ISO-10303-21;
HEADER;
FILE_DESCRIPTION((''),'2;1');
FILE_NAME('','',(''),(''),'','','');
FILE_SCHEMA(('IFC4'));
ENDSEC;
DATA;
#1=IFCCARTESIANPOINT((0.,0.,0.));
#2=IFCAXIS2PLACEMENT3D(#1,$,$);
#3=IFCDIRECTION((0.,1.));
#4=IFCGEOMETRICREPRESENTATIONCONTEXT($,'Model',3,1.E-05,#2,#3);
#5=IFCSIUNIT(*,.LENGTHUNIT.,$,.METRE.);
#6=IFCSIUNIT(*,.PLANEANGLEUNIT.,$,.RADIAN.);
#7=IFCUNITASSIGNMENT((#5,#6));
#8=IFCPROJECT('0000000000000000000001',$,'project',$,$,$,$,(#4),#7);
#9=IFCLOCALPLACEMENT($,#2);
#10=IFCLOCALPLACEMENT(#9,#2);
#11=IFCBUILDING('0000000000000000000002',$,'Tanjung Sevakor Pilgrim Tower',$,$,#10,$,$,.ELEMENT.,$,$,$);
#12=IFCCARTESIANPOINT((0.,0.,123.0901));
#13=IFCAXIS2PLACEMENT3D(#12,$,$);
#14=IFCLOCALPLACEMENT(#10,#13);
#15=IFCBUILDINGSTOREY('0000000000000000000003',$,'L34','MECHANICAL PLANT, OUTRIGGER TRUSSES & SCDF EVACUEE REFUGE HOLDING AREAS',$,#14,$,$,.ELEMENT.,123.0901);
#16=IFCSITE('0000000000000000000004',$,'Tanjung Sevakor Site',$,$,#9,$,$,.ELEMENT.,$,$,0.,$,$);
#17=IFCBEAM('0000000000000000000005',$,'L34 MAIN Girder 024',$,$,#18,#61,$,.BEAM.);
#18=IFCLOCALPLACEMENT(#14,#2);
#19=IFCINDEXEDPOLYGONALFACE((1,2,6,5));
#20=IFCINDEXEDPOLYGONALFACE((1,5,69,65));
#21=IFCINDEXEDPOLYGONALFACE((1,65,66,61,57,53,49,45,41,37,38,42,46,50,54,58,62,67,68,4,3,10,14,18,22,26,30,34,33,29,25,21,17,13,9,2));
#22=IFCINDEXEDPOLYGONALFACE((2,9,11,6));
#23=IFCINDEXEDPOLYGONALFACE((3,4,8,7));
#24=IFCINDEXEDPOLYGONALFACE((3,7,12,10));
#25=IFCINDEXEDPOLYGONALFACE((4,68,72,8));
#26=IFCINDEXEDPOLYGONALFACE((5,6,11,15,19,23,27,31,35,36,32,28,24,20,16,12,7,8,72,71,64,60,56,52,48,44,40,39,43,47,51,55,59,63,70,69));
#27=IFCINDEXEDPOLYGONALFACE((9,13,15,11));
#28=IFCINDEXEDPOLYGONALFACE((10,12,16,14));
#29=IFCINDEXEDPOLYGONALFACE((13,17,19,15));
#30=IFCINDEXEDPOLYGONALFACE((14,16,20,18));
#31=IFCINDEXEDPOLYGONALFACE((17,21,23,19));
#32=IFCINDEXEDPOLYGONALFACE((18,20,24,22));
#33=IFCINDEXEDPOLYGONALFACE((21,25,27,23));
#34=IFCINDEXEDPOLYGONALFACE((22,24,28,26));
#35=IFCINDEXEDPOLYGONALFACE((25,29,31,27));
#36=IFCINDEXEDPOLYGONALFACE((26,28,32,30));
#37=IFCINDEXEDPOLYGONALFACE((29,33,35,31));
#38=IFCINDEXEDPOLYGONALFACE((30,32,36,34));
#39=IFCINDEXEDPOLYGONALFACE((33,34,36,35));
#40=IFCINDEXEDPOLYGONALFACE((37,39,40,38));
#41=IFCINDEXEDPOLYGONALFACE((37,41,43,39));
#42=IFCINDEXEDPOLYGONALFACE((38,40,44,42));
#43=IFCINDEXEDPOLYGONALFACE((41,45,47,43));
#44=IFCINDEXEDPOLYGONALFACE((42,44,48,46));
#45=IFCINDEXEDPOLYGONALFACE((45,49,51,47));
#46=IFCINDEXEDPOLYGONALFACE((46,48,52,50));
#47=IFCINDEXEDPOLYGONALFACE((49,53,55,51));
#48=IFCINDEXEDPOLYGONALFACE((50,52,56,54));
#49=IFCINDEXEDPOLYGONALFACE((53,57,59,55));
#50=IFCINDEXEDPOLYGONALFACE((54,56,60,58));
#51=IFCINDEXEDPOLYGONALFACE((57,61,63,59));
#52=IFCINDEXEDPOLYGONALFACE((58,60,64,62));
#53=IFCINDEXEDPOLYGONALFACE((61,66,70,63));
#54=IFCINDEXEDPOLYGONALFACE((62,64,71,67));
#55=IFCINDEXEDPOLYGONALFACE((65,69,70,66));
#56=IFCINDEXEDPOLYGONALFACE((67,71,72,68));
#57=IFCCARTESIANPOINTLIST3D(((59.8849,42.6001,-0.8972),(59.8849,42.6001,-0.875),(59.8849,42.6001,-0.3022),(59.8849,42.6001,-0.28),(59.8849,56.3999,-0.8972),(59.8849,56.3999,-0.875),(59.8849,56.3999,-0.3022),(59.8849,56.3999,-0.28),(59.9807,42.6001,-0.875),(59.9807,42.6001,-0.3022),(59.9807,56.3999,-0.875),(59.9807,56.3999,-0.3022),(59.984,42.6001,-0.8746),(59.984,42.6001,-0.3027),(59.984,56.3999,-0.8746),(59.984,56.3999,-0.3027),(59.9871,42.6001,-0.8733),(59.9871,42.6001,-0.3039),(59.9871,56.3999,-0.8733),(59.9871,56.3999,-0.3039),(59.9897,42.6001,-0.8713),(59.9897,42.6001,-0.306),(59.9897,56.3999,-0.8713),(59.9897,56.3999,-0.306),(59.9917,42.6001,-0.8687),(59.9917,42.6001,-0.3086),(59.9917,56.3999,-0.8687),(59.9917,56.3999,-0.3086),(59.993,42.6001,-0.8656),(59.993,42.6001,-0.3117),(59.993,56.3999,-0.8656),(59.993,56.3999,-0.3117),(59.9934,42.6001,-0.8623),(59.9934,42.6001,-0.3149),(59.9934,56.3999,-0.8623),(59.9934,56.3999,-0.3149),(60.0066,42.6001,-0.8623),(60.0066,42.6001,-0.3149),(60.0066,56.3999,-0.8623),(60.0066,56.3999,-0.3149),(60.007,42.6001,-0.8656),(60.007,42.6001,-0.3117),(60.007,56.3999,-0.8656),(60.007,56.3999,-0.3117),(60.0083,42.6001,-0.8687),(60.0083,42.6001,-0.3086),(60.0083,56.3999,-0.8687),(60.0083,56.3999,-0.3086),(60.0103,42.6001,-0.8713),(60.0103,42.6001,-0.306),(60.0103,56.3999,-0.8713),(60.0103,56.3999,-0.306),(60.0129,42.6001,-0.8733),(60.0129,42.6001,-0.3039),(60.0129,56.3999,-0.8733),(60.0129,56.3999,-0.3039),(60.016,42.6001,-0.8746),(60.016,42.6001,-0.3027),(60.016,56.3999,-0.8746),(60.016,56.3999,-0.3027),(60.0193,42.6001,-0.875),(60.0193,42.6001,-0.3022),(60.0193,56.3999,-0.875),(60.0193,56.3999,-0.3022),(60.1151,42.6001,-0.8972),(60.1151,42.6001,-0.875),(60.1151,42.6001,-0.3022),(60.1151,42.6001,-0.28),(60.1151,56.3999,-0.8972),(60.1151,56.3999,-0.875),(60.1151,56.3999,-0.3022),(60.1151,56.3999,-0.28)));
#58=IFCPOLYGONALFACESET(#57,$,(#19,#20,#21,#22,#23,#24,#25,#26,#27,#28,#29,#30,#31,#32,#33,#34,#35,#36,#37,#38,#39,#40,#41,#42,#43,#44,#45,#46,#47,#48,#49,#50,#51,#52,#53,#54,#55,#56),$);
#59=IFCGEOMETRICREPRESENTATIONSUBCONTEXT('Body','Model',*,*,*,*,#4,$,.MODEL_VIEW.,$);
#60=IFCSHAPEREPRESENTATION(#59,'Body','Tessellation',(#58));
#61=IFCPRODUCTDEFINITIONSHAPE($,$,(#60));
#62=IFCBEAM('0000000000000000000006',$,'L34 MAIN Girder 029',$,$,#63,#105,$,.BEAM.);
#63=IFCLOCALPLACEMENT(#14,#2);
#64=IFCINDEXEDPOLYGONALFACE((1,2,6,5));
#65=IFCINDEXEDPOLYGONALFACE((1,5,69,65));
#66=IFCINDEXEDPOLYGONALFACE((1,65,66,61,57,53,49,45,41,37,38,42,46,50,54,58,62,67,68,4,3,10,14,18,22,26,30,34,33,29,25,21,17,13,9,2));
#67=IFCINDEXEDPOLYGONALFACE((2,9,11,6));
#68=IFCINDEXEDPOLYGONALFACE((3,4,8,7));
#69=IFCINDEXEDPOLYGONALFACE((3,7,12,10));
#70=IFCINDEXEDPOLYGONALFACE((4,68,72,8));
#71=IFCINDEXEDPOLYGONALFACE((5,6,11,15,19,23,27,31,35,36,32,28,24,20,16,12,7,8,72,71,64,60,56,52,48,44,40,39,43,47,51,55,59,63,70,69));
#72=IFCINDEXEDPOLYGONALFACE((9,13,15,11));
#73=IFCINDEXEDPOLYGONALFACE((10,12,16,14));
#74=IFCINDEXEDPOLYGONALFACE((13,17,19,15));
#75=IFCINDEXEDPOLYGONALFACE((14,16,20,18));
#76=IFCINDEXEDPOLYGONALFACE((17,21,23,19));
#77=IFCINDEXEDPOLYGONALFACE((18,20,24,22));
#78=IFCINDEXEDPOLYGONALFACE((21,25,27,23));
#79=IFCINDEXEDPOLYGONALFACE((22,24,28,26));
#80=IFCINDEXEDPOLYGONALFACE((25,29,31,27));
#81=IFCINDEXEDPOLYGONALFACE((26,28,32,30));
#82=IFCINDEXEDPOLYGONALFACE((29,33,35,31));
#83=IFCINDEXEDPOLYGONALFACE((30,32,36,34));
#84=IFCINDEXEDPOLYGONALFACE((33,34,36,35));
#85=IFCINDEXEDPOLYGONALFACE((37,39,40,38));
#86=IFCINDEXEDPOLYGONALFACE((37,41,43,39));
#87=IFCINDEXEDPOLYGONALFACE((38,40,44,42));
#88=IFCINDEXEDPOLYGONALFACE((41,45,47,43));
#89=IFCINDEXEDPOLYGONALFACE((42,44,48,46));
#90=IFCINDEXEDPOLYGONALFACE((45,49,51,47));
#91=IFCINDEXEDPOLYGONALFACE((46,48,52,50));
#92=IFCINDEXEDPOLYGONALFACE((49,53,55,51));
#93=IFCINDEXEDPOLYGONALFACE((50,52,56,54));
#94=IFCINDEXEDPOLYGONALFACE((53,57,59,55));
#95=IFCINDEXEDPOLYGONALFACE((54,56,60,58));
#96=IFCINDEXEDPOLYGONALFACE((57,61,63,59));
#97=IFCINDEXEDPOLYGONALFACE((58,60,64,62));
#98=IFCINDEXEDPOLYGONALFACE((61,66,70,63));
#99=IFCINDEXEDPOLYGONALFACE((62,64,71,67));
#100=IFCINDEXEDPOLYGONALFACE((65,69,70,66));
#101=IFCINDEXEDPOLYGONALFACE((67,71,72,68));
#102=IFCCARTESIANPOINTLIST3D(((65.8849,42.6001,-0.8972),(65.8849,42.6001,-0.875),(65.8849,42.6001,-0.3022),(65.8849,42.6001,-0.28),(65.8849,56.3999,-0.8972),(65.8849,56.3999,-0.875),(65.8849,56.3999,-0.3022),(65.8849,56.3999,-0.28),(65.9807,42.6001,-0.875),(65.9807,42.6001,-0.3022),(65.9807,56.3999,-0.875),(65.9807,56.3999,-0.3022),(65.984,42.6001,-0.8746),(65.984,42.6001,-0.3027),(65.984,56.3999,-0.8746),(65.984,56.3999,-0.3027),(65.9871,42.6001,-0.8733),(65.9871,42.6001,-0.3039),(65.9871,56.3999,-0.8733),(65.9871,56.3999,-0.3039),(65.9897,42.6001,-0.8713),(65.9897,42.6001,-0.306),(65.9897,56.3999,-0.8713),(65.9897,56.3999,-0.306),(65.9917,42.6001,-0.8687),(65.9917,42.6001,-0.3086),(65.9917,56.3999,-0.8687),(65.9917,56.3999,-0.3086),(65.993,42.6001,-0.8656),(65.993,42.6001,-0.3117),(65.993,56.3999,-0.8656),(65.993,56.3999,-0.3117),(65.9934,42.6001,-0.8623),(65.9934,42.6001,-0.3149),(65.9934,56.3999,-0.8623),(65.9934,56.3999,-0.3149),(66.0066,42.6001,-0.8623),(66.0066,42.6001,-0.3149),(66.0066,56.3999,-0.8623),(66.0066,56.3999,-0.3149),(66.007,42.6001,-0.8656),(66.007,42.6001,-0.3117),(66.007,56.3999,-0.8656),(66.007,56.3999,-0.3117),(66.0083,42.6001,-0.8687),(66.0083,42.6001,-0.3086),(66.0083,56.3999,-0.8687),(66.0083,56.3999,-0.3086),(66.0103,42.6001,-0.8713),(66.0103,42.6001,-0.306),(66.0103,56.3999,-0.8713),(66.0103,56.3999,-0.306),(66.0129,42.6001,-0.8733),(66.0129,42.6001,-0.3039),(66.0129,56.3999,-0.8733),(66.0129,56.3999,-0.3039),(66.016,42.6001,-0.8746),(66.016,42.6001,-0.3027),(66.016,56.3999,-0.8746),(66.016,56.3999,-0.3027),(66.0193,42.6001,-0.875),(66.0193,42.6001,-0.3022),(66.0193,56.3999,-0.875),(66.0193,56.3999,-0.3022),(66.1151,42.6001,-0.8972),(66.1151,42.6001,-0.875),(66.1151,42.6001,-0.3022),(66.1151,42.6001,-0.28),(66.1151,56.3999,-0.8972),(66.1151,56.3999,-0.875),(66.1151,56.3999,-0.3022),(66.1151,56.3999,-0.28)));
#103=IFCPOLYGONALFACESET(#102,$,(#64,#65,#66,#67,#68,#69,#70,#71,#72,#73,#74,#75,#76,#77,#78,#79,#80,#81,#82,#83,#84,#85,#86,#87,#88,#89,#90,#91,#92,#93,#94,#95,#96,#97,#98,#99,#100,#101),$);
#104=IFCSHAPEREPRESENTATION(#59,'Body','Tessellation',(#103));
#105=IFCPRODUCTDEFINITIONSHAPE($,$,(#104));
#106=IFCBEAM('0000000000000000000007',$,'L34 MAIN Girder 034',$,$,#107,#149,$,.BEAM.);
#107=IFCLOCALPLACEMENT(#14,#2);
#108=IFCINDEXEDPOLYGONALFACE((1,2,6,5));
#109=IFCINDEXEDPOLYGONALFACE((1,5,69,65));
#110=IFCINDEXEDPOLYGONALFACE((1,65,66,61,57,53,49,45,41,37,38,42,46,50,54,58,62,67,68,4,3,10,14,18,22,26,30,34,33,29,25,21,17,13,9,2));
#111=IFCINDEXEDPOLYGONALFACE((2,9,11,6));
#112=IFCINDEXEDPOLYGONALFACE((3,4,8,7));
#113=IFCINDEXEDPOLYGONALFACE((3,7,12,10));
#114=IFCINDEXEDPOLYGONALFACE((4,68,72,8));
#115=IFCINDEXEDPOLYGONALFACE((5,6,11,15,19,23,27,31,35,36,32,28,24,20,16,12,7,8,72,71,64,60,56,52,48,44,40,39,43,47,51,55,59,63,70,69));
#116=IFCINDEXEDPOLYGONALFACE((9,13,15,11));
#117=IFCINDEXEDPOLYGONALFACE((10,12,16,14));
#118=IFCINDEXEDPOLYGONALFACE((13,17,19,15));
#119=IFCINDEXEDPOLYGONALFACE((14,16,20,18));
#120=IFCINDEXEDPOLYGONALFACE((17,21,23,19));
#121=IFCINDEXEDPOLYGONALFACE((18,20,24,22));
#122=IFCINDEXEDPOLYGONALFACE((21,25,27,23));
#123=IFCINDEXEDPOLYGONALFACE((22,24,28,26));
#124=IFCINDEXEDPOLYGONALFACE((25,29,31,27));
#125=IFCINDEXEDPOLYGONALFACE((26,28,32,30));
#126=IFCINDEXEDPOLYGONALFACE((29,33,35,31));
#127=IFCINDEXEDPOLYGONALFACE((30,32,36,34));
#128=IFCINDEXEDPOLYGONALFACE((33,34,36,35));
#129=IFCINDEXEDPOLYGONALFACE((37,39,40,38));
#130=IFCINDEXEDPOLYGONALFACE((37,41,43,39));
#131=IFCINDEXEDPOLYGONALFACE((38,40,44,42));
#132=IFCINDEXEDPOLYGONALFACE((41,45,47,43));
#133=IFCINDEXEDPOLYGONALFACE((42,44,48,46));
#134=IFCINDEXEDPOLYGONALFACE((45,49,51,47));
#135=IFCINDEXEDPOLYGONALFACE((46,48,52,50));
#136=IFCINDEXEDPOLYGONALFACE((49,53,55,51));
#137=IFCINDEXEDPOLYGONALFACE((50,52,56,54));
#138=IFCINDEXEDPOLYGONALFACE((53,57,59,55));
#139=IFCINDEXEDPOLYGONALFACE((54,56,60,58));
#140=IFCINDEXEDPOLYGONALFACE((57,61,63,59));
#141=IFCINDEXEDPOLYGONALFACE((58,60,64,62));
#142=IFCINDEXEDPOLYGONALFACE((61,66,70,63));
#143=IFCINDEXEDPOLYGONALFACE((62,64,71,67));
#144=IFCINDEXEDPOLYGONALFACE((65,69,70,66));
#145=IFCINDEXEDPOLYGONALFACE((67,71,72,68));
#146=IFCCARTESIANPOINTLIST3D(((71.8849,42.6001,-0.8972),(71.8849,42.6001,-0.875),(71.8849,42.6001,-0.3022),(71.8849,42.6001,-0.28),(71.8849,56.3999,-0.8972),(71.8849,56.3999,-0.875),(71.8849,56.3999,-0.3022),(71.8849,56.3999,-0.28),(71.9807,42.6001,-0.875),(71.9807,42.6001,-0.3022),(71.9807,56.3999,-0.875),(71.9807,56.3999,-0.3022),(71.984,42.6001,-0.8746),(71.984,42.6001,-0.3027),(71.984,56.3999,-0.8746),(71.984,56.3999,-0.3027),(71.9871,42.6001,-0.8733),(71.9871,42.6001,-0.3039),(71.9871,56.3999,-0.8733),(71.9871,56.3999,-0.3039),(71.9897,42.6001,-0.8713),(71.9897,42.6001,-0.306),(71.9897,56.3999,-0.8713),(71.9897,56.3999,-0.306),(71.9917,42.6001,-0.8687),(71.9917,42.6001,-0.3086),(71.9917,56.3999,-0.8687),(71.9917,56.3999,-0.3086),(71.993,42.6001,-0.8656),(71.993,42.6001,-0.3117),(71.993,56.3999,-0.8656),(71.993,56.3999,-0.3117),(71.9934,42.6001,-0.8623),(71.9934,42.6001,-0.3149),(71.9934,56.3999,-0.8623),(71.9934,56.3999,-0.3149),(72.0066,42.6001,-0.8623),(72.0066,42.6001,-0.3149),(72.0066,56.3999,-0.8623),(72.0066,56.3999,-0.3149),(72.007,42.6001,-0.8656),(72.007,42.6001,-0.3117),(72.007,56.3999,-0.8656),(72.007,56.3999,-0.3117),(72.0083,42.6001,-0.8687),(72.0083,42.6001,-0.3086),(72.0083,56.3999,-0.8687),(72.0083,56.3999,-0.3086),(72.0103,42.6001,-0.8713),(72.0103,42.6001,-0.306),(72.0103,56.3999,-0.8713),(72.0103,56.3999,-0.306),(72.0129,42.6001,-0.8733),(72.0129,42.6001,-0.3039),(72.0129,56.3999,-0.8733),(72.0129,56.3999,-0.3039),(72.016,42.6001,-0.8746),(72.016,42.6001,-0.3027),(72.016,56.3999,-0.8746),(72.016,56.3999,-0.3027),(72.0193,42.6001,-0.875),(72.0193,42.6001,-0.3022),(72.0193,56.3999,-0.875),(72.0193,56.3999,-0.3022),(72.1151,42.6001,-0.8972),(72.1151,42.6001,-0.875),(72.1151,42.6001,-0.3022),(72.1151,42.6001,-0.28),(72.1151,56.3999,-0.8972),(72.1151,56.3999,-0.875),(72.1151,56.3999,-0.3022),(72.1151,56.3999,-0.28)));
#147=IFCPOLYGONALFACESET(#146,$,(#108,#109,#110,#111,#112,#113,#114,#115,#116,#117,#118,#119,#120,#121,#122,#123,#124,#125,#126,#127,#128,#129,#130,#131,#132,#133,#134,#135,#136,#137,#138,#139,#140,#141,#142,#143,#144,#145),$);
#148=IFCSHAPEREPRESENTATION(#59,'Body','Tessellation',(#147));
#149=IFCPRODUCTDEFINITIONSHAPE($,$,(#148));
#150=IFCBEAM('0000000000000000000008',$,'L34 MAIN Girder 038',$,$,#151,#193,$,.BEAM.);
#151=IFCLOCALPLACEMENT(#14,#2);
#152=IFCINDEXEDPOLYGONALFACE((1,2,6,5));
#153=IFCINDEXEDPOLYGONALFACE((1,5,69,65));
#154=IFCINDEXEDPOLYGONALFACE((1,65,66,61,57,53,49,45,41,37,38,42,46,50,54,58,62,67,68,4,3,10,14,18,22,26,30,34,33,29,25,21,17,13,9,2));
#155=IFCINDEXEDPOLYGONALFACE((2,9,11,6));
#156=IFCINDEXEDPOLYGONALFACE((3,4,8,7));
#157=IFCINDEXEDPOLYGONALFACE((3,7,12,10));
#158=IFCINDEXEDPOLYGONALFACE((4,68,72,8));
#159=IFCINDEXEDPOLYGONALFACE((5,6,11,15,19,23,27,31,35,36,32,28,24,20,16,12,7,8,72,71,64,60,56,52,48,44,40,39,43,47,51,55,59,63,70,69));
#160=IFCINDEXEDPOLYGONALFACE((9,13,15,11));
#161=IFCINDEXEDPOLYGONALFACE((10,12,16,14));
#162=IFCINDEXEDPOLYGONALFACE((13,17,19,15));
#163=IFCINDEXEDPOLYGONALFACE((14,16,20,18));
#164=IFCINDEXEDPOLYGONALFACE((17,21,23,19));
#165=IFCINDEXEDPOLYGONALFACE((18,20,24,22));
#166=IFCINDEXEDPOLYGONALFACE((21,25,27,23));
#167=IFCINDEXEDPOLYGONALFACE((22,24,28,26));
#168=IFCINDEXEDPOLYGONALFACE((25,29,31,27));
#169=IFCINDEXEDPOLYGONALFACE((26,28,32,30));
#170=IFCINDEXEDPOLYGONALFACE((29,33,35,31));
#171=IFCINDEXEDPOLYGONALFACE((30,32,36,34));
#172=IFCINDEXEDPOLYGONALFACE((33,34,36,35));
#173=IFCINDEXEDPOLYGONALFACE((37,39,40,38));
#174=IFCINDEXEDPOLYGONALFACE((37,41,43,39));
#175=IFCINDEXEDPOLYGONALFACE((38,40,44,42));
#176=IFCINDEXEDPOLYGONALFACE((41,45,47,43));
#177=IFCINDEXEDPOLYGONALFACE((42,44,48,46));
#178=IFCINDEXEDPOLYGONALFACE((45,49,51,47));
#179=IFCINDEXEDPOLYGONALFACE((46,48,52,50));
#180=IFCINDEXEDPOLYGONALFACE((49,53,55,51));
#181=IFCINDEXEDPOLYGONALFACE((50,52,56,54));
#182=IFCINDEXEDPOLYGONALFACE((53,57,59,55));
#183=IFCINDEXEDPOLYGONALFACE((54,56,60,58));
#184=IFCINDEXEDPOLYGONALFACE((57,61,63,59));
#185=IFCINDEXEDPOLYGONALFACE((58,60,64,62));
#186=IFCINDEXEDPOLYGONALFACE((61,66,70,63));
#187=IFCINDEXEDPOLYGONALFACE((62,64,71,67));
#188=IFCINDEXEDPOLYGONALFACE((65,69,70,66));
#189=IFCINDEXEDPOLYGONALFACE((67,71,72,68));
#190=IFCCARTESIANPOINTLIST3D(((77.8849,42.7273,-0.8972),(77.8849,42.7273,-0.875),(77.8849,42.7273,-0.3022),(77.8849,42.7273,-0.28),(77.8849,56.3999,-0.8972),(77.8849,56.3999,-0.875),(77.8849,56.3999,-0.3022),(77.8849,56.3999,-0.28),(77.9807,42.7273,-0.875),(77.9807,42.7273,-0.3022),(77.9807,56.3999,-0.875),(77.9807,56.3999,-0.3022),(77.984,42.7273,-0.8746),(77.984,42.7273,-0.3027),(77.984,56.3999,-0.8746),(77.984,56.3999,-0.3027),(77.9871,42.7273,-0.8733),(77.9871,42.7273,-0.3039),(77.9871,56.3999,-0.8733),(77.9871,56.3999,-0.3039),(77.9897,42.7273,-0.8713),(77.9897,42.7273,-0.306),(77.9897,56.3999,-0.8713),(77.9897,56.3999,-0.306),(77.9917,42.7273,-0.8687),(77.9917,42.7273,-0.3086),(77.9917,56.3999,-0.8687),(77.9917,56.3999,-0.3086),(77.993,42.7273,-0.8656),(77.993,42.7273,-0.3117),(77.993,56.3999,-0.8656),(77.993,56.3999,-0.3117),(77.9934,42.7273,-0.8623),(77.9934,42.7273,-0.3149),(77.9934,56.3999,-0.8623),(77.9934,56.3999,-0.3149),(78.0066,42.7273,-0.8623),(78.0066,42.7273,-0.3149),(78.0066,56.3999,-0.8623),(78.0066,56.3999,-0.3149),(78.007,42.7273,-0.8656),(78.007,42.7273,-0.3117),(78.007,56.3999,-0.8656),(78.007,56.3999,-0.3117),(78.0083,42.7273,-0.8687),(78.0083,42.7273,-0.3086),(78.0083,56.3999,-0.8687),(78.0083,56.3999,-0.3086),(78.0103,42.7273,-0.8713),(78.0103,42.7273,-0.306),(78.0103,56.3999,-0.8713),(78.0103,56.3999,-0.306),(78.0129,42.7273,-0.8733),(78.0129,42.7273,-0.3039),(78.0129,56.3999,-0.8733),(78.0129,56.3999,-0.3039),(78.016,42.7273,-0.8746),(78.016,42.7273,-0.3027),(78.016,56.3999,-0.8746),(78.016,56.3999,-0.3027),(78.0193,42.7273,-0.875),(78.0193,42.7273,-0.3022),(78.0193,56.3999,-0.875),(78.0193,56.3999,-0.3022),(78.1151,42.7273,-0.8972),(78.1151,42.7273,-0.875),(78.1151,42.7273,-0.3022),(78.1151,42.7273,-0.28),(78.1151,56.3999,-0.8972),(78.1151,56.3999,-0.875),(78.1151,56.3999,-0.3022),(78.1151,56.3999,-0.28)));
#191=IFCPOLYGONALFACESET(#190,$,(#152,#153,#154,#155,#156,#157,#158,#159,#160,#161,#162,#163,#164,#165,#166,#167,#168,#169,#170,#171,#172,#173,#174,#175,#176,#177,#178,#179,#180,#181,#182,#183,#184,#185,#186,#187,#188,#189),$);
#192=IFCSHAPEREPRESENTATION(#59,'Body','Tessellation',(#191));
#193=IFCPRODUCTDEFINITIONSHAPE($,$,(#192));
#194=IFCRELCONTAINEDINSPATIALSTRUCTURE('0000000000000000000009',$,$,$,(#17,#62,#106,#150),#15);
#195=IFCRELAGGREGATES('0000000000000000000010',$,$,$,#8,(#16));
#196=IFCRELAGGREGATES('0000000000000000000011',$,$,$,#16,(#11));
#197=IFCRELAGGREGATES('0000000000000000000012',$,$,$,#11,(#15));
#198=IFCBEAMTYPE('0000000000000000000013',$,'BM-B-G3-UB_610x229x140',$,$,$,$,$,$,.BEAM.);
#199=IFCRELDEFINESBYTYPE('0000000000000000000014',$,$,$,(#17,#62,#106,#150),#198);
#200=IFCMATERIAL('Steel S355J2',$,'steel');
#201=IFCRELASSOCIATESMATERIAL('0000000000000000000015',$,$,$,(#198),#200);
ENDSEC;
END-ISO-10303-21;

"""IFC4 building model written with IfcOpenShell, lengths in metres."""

from ifc_helpers import new_model, si_unit, direction, frame, origin, origin_2d, place, context, subcontext, project, spatial, i_section, extrude, material, material_profile, profile_set, type_object, element, save


model = new_model("IFC4")

# Units and contexts
model_context = context("Model", 3, precision=1e-05, world=origin(), true_north=direction((0.0, 1.0)))
body_context = subcontext(model_context, "Body", "Model", "MODEL_VIEW")
ifc_project = project(units=[si_unit("LENGTHUNIT", "METRE"), si_unit("PLANEANGLEUNIT", "RADIAN")], contexts=[model_context])

# Site, building, storey
site_placement = place(None, origin())
site = spatial("IfcSite", under=ifc_project, at=site_placement, Name="Tanjung Sevakor Site", CompositionType="ELEMENT", RefElevation=0.0)
building_placement = place(site_placement, origin())
building = spatial("IfcBuilding", under=site, at=building_placement, Name="Tanjung Sevakor Pilgrim Tower", CompositionType="ELEMENT")
storey_placement = place(building_placement, frame((0.0, 0.0, 123.0901)))
storey = spatial("IfcBuildingStorey", under=building, at=storey_placement, Name="L34", Description="MECHANICAL PLANT, OUTRIGGER TRUSSES & SCDF EVACUEE REFUGE HOLDING AREAS", CompositionType="ELEMENT", Elevation=123.0901)

# Beams
ifc_material_1 = material(Name="Steel S355J2", Category="steel")
ifc_material_profile_1 = material_profile(ifc_material_1, i_section(OverallWidth=0.2302, OverallDepth=0.6172, WebThickness=0.0132, FlangeThickness=0.0222, FilletRadius=0.0127, at=origin_2d()))
ifc_profile_set_1 = profile_set([ifc_material_profile_1], Name="Steel S355J2")
beam_type_1 = type_object("IfcBeamType", Name="BM-B-G3-UB_610x229x140", PredefinedType="BEAM", material=ifc_profile_set_1)
for number, where, z_axis, x_axis, name in (
    (1, (60.0, 42.6001, -0.5886), (0.0, 1.0, 0.0), (-1.0, 0.0, 0.0), "L34 MAIN Girder 024"),
    (2, (66.0, 42.6001, -0.5886), (0.0, 1.0, 0.0), (-1.0, 0.0, 0.0), "L34 MAIN Girder 029"),
    (3, (72.0, 42.6001, -0.5886), (0.0, 1.0, 0.0), (-1.0, 0.0, 0.0), "L34 MAIN Girder 034"),
):
    element("IfcBeam", number, at=place(storey_placement, frame(where, z_axis=z_axis, x_axis=x_axis)), inside=storey, type_object=beam_type_1, Name=name, PredefinedType="BEAM", context=body_context, shape_type="SweptSolid", body=[
        extrude(i_section(OverallWidth=0.2302, OverallDepth=0.6172, WebThickness=0.0132, FlangeThickness=0.0222, FilletRadius=0.0127, at=origin_2d()), origin(), (0.0, 0.0, 1.0), 13.7998),
    ])
beam_1_placement = place(storey_placement, frame((78.0, 42.7273, -0.5886), z_axis=(0.0, 1.0, 0.0), x_axis=(-1.0, 0.0, 0.0)))
element("IfcBeam", 4, at=beam_1_placement, inside=storey, type_object=beam_type_1, Name="L34 MAIN Girder 038", PredefinedType="BEAM", context=body_context, shape_type="SweptSolid", body=[
    extrude(i_section(OverallWidth=0.2302, OverallDepth=0.6172, WebThickness=0.0132, FlangeThickness=0.0222, FilletRadius=0.0127, at=origin_2d()), origin(), (0.0, 0.0, 1.0), 13.6726),
])

save(model, "model.ifc")
